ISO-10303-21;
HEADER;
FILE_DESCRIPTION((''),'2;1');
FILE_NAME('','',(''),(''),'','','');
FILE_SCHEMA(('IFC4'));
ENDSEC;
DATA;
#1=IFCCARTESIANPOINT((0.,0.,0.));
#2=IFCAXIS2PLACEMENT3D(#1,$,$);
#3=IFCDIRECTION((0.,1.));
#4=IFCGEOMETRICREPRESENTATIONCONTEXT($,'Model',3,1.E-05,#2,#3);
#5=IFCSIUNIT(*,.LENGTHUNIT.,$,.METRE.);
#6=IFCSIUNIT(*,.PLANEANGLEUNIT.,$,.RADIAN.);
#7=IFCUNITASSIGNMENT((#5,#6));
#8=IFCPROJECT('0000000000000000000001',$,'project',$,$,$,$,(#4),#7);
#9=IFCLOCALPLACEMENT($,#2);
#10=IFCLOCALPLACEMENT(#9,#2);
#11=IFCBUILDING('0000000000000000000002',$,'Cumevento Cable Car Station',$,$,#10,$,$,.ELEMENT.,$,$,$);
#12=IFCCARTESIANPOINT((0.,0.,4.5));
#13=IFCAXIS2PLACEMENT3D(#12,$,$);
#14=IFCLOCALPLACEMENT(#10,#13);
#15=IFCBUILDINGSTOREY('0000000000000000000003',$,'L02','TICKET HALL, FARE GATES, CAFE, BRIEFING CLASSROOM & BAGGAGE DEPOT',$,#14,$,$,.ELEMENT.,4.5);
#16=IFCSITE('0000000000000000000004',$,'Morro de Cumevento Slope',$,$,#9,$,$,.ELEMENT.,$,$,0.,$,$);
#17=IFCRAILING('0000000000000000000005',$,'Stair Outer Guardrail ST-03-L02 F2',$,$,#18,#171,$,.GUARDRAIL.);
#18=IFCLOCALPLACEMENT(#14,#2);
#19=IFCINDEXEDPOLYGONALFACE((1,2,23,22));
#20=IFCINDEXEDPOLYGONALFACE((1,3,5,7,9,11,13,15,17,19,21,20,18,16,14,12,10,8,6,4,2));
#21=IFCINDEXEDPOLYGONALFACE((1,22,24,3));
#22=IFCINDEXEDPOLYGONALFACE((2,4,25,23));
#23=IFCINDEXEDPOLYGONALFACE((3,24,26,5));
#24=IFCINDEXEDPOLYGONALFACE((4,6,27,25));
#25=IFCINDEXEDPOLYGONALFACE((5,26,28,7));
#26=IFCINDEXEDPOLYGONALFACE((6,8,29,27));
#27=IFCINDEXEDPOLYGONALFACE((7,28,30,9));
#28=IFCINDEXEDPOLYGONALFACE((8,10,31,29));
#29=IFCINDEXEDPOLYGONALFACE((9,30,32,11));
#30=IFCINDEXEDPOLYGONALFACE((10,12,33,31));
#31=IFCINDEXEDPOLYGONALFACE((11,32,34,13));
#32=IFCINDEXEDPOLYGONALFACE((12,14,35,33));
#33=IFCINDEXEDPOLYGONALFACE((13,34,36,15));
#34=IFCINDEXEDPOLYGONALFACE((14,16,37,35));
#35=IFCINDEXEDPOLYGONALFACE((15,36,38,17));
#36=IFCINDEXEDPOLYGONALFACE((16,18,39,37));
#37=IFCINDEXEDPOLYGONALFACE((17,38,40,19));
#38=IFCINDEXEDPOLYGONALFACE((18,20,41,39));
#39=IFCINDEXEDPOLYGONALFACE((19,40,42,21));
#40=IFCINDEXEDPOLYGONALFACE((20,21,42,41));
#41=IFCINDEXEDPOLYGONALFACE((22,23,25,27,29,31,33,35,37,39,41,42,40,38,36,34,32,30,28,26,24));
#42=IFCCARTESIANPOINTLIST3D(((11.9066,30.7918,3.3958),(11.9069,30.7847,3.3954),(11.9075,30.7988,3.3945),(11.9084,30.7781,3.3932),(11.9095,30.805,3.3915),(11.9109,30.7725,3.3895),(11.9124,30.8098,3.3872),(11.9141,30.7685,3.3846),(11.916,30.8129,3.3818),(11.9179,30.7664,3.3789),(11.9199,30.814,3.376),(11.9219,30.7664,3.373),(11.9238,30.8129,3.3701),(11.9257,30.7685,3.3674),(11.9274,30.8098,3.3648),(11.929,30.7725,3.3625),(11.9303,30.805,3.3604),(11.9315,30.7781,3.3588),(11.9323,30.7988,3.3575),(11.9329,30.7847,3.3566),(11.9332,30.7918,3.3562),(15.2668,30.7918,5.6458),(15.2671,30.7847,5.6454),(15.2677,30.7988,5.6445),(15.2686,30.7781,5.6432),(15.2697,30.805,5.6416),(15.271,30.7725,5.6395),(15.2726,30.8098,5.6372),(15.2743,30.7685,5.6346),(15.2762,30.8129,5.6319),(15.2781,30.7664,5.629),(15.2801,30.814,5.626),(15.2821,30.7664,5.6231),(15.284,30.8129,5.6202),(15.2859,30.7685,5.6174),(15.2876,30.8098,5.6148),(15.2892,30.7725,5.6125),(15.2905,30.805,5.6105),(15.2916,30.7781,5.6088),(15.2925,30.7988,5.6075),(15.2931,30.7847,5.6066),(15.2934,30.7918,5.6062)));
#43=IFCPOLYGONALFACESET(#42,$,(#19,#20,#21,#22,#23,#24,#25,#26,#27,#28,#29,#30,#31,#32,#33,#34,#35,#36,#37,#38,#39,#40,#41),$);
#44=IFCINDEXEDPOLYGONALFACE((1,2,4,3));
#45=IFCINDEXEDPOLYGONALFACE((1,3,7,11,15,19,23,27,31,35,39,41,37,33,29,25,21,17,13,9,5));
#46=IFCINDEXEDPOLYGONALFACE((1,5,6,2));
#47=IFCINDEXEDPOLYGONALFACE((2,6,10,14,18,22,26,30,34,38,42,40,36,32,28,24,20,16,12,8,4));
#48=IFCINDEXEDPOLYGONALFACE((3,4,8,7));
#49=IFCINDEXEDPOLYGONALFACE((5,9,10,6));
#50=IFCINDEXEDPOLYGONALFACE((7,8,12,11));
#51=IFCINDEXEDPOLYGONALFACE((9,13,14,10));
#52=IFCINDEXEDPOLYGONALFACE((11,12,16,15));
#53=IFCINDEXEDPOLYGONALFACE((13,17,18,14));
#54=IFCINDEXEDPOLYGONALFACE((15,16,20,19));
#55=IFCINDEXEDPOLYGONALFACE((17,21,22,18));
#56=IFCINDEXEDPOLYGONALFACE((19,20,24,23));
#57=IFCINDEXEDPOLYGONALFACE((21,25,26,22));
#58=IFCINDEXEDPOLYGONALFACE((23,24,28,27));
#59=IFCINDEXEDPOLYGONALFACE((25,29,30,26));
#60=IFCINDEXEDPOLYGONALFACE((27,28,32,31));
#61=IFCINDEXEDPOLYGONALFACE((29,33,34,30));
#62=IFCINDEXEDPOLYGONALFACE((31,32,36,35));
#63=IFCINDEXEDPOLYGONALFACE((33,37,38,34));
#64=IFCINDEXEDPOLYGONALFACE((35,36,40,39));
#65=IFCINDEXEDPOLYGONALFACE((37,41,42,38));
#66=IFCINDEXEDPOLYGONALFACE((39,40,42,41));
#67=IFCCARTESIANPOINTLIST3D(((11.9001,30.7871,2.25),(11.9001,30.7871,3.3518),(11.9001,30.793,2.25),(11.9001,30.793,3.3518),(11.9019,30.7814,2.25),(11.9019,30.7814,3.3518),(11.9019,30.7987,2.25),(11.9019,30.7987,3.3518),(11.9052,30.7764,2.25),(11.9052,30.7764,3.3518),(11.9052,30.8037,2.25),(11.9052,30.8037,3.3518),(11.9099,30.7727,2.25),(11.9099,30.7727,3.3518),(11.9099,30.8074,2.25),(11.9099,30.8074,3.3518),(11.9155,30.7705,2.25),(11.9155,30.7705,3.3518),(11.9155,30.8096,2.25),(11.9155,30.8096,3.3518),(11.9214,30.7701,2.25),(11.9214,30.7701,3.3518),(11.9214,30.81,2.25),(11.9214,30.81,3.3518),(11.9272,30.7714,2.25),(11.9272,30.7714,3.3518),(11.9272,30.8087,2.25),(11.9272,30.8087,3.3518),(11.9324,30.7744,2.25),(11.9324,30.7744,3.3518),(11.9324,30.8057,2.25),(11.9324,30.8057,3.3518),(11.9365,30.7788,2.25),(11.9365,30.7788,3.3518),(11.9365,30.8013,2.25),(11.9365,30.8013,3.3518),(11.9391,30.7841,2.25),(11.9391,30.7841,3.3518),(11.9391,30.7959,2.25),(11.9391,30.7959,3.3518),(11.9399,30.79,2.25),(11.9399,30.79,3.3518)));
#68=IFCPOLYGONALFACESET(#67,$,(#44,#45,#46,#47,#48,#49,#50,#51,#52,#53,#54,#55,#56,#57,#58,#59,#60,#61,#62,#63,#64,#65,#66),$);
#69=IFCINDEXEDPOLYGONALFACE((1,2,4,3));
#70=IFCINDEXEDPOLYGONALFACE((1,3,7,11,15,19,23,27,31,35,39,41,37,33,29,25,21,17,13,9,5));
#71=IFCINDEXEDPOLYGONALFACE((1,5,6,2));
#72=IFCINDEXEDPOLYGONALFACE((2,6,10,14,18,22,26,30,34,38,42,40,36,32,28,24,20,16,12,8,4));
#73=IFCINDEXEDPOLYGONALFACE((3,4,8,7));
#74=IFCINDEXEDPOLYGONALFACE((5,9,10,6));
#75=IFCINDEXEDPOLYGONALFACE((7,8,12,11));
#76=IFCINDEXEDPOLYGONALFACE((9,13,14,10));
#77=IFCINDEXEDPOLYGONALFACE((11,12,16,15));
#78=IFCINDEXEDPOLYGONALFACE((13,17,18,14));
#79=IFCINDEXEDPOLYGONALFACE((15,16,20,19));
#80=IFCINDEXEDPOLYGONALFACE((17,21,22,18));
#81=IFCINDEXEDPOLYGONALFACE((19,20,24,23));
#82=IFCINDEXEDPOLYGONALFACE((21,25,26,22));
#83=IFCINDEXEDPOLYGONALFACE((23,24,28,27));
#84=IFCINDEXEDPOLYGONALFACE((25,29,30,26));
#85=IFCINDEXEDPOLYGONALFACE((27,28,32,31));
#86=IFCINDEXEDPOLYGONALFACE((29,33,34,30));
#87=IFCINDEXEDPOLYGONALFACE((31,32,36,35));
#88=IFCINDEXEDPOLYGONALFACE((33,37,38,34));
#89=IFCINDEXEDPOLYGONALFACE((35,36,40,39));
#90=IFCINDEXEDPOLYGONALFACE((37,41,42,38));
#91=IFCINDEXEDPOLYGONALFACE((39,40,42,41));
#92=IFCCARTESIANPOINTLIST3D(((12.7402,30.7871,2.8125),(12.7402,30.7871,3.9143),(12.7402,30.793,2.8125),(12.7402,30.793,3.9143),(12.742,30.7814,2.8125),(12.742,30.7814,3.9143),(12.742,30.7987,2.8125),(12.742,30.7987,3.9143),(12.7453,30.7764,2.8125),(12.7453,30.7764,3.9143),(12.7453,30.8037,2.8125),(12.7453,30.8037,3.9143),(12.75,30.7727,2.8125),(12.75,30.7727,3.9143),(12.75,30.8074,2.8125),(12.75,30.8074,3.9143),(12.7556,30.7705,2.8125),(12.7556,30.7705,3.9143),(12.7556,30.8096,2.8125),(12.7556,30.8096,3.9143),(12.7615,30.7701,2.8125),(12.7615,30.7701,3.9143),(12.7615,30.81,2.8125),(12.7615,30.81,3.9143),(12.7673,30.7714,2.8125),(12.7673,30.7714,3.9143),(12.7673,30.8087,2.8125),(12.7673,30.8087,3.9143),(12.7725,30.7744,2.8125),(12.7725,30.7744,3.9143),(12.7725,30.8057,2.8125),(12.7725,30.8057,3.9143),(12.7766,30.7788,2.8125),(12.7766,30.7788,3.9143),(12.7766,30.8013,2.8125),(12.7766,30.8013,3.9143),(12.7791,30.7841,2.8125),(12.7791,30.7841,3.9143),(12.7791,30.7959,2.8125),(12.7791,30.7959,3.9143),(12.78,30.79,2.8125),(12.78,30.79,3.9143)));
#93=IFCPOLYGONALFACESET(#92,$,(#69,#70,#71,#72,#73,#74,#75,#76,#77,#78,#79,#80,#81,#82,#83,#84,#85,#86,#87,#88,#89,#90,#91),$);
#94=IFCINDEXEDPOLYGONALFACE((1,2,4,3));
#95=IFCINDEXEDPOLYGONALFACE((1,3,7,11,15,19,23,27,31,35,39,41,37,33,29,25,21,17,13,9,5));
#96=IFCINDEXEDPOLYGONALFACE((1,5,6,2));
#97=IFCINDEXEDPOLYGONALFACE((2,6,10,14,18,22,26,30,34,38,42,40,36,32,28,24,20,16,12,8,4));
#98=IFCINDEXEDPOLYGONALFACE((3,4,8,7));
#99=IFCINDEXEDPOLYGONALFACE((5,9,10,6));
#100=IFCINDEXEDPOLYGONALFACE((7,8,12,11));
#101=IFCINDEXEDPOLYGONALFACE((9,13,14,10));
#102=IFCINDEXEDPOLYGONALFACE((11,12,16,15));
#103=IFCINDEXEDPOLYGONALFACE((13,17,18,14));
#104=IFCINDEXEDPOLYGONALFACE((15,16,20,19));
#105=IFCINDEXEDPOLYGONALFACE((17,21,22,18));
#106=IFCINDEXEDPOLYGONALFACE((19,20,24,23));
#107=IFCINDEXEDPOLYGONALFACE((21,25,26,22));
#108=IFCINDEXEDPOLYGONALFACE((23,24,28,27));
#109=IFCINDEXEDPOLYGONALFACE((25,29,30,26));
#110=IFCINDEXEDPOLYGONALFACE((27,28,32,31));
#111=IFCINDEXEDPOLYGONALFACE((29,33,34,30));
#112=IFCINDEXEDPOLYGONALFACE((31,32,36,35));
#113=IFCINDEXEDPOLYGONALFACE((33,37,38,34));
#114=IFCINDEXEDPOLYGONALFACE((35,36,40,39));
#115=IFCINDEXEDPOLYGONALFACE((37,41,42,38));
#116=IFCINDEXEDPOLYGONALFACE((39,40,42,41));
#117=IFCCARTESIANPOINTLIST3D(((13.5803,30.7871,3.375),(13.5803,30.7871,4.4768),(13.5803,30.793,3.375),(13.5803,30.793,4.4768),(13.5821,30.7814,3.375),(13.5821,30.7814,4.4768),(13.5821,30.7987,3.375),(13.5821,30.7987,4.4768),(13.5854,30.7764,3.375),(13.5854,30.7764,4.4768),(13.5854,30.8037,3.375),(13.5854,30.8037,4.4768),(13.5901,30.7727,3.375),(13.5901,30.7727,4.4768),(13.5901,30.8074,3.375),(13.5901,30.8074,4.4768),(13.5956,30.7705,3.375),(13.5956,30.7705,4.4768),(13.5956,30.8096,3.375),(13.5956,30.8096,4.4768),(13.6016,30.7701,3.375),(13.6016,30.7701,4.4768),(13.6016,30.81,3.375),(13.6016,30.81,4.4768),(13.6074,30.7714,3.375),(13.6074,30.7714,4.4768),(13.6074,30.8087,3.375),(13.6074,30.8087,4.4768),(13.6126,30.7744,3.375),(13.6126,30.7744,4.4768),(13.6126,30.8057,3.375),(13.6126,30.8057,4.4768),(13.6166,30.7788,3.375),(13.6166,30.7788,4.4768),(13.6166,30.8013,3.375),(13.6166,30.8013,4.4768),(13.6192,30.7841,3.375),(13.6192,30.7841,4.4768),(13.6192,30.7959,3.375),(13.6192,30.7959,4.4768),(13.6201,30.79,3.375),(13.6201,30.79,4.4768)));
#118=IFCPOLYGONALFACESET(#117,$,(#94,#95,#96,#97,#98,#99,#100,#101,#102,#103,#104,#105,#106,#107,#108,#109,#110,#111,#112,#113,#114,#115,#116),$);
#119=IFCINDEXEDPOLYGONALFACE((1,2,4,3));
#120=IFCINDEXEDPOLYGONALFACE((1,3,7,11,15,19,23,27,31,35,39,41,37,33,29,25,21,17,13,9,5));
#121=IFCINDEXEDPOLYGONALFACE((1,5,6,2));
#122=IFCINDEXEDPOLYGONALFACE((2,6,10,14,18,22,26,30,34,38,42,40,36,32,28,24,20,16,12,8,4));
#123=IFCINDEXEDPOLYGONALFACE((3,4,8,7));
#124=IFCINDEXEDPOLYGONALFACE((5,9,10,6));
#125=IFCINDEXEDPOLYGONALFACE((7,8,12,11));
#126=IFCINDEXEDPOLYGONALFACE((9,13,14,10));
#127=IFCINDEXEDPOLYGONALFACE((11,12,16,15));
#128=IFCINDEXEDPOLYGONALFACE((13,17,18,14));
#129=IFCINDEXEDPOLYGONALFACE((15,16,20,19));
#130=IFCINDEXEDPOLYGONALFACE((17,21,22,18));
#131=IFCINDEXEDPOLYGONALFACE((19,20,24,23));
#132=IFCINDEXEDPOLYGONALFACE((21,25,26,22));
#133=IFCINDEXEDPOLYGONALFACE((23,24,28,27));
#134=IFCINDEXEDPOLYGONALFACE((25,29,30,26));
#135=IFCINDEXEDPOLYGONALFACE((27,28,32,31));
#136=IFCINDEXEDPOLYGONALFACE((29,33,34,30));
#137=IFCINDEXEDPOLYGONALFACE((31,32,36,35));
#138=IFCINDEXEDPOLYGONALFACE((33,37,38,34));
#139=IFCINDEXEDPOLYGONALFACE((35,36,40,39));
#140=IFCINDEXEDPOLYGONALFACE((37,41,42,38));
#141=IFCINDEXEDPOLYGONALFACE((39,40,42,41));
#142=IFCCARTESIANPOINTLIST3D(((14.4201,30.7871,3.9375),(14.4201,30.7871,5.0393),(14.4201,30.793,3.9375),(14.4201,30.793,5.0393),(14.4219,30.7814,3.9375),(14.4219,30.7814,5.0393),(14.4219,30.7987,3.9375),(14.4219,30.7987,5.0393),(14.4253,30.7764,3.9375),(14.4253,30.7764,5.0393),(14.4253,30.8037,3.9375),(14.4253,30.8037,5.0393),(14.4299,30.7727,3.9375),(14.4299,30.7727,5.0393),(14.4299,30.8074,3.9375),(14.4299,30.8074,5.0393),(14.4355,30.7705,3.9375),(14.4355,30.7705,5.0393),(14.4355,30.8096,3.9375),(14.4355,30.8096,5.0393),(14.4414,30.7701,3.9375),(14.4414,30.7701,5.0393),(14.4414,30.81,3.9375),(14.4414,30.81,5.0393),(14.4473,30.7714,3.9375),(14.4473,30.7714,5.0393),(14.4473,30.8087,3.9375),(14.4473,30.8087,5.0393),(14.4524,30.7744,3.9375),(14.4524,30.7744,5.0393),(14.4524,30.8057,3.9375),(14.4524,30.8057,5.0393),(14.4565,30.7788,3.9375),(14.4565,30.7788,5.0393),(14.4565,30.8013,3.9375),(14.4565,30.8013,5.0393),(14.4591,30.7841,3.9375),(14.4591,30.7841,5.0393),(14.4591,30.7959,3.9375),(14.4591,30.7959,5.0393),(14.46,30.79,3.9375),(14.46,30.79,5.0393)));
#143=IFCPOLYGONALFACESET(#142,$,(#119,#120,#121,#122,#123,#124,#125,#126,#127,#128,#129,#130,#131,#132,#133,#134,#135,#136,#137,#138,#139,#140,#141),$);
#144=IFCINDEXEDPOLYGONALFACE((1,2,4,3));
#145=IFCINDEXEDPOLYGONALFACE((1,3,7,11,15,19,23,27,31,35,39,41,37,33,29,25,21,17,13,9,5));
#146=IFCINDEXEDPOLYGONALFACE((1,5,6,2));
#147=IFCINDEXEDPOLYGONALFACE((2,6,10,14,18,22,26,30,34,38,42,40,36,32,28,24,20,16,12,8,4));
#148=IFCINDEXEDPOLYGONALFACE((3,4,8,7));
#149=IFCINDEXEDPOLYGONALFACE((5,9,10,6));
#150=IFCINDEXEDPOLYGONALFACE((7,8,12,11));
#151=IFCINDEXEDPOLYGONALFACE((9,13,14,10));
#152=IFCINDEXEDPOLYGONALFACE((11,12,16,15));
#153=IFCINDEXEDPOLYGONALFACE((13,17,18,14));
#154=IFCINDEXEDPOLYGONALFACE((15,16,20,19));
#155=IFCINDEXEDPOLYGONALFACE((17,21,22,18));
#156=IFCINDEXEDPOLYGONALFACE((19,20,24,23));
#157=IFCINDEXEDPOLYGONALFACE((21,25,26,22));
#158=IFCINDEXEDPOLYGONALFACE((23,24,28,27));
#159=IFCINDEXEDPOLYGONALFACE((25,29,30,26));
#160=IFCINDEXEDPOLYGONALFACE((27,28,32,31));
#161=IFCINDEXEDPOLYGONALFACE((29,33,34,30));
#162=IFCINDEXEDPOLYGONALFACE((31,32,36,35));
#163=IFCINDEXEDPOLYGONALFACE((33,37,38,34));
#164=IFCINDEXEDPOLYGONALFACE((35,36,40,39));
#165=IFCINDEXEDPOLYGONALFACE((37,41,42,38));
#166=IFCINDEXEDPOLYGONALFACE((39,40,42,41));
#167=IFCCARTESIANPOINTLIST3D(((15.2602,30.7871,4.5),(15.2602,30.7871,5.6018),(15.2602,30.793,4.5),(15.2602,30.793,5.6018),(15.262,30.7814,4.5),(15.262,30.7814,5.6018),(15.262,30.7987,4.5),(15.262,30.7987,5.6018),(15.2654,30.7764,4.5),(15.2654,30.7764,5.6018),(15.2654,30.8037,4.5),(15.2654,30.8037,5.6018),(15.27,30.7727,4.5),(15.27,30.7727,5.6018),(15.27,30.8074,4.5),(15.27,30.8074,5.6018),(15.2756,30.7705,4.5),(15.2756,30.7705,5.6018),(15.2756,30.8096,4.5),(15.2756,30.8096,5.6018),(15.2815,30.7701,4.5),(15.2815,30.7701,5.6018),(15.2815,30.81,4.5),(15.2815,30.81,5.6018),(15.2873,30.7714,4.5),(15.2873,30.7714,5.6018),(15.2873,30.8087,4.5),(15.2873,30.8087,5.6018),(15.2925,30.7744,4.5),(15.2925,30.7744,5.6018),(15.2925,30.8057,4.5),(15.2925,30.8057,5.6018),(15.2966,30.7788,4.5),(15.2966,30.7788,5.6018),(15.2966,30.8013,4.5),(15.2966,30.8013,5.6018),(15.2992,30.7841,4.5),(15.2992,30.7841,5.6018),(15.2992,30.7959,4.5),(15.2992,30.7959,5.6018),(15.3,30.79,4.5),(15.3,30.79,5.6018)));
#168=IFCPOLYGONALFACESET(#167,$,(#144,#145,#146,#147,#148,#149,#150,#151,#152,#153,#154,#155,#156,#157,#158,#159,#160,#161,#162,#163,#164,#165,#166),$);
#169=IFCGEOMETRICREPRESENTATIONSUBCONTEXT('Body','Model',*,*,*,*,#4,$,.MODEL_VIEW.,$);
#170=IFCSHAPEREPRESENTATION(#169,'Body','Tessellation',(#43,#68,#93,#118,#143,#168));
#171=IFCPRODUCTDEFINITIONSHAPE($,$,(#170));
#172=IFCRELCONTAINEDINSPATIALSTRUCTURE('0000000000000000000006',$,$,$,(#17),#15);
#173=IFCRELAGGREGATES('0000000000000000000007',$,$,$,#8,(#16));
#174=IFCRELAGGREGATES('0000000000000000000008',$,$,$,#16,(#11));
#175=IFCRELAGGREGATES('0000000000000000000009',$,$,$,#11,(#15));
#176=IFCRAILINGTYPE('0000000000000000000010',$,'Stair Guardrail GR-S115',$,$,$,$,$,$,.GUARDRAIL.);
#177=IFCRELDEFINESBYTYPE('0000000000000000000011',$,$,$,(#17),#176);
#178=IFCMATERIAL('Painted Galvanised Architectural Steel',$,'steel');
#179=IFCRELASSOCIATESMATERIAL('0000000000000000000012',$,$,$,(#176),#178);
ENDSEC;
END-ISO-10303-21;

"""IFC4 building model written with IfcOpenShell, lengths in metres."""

from ifc_helpers import new_model, si_unit, direction, frame, origin, origin_2d, place, context, subcontext, project, spatial, circle, extrude, material, type_object, element, save


model = new_model("IFC4")

# Units and contexts
model_context = context("Model", 3, precision=1e-05, world=origin(), true_north=direction((0.0, 1.0)))
body_context = subcontext(model_context, "Body", "Model", "MODEL_VIEW")
ifc_project = project(units=[si_unit("LENGTHUNIT", "METRE"), si_unit("PLANEANGLEUNIT", "RADIAN")], contexts=[model_context])

# Site, building, storey
site_placement = place(None, origin())
site = spatial("IfcSite", under=ifc_project, at=site_placement, Name="Morro de Cumevento Slope", CompositionType="ELEMENT", RefElevation=0.0)
building_placement = place(site_placement, origin())
building = spatial("IfcBuilding", under=site, at=building_placement, Name="Cumevento Cable Car Station", CompositionType="ELEMENT")
storey_placement = place(building_placement, frame((0.0, 0.0, 4.5)))
storey = spatial("IfcBuildingStorey", under=building, at=storey_placement, Name="L02", Description="TICKET HALL, FARE GATES, CAFE, BRIEFING CLASSROOM & BAGGAGE DEPOT", CompositionType="ELEMENT", Elevation=4.5)

# Railing
ifc_material_1 = material(Name="Painted Galvanised Architectural Steel", Category="steel")
railing_type_1 = type_object("IfcRailingType", Name="Stair Guardrail GR-S115", PredefinedType="GUARDRAIL", material=ifc_material_1)
railing_1_placement = place(storey_placement, frame((11.9199, 30.79, 2.25)))
element("IfcRailing", 1, at=railing_1_placement, inside=storey, type_object=railing_type_1, Name="Stair Outer Guardrail ST-03-L02 F2", PredefinedType="GUARDRAIL", context=body_context, shape_type="SweptSolid", body=[
    extrude(circle(Radius=0.0239, at=origin_2d()), frame((0.0, 0.0, 1.126), z_axis=(0.830915, 0.0, 0.556399), x_axis=(0.0, 1.0, 0.0)), (0.0, 0.0, 1.0), 4.0439),
    extrude(circle(Radius=0.02, at=origin_2d()), origin(), (0.0, 0.0, 1.0), 1.1018),
    extrude(circle(Radius=0.02, at=origin_2d()), frame((0.8401, 0.0, 0.5625)), (0.0, 0.0, 1.0), 1.1018),
    extrude(circle(Radius=0.02, at=origin_2d()), frame((1.6802, 0.0, 1.125)), (0.0, 0.0, 1.0), 1.1018),
    extrude(circle(Radius=0.02, at=origin_2d()), frame((2.52, 0.0, 1.6875)), (0.0, 0.0, 1.0), 1.1018),
    extrude(circle(Radius=0.02, at=origin_2d()), frame((3.3601, 0.0, 2.25)), (0.0, 0.0, 1.0), 1.1018),
])

save(model, "model.ifc")
